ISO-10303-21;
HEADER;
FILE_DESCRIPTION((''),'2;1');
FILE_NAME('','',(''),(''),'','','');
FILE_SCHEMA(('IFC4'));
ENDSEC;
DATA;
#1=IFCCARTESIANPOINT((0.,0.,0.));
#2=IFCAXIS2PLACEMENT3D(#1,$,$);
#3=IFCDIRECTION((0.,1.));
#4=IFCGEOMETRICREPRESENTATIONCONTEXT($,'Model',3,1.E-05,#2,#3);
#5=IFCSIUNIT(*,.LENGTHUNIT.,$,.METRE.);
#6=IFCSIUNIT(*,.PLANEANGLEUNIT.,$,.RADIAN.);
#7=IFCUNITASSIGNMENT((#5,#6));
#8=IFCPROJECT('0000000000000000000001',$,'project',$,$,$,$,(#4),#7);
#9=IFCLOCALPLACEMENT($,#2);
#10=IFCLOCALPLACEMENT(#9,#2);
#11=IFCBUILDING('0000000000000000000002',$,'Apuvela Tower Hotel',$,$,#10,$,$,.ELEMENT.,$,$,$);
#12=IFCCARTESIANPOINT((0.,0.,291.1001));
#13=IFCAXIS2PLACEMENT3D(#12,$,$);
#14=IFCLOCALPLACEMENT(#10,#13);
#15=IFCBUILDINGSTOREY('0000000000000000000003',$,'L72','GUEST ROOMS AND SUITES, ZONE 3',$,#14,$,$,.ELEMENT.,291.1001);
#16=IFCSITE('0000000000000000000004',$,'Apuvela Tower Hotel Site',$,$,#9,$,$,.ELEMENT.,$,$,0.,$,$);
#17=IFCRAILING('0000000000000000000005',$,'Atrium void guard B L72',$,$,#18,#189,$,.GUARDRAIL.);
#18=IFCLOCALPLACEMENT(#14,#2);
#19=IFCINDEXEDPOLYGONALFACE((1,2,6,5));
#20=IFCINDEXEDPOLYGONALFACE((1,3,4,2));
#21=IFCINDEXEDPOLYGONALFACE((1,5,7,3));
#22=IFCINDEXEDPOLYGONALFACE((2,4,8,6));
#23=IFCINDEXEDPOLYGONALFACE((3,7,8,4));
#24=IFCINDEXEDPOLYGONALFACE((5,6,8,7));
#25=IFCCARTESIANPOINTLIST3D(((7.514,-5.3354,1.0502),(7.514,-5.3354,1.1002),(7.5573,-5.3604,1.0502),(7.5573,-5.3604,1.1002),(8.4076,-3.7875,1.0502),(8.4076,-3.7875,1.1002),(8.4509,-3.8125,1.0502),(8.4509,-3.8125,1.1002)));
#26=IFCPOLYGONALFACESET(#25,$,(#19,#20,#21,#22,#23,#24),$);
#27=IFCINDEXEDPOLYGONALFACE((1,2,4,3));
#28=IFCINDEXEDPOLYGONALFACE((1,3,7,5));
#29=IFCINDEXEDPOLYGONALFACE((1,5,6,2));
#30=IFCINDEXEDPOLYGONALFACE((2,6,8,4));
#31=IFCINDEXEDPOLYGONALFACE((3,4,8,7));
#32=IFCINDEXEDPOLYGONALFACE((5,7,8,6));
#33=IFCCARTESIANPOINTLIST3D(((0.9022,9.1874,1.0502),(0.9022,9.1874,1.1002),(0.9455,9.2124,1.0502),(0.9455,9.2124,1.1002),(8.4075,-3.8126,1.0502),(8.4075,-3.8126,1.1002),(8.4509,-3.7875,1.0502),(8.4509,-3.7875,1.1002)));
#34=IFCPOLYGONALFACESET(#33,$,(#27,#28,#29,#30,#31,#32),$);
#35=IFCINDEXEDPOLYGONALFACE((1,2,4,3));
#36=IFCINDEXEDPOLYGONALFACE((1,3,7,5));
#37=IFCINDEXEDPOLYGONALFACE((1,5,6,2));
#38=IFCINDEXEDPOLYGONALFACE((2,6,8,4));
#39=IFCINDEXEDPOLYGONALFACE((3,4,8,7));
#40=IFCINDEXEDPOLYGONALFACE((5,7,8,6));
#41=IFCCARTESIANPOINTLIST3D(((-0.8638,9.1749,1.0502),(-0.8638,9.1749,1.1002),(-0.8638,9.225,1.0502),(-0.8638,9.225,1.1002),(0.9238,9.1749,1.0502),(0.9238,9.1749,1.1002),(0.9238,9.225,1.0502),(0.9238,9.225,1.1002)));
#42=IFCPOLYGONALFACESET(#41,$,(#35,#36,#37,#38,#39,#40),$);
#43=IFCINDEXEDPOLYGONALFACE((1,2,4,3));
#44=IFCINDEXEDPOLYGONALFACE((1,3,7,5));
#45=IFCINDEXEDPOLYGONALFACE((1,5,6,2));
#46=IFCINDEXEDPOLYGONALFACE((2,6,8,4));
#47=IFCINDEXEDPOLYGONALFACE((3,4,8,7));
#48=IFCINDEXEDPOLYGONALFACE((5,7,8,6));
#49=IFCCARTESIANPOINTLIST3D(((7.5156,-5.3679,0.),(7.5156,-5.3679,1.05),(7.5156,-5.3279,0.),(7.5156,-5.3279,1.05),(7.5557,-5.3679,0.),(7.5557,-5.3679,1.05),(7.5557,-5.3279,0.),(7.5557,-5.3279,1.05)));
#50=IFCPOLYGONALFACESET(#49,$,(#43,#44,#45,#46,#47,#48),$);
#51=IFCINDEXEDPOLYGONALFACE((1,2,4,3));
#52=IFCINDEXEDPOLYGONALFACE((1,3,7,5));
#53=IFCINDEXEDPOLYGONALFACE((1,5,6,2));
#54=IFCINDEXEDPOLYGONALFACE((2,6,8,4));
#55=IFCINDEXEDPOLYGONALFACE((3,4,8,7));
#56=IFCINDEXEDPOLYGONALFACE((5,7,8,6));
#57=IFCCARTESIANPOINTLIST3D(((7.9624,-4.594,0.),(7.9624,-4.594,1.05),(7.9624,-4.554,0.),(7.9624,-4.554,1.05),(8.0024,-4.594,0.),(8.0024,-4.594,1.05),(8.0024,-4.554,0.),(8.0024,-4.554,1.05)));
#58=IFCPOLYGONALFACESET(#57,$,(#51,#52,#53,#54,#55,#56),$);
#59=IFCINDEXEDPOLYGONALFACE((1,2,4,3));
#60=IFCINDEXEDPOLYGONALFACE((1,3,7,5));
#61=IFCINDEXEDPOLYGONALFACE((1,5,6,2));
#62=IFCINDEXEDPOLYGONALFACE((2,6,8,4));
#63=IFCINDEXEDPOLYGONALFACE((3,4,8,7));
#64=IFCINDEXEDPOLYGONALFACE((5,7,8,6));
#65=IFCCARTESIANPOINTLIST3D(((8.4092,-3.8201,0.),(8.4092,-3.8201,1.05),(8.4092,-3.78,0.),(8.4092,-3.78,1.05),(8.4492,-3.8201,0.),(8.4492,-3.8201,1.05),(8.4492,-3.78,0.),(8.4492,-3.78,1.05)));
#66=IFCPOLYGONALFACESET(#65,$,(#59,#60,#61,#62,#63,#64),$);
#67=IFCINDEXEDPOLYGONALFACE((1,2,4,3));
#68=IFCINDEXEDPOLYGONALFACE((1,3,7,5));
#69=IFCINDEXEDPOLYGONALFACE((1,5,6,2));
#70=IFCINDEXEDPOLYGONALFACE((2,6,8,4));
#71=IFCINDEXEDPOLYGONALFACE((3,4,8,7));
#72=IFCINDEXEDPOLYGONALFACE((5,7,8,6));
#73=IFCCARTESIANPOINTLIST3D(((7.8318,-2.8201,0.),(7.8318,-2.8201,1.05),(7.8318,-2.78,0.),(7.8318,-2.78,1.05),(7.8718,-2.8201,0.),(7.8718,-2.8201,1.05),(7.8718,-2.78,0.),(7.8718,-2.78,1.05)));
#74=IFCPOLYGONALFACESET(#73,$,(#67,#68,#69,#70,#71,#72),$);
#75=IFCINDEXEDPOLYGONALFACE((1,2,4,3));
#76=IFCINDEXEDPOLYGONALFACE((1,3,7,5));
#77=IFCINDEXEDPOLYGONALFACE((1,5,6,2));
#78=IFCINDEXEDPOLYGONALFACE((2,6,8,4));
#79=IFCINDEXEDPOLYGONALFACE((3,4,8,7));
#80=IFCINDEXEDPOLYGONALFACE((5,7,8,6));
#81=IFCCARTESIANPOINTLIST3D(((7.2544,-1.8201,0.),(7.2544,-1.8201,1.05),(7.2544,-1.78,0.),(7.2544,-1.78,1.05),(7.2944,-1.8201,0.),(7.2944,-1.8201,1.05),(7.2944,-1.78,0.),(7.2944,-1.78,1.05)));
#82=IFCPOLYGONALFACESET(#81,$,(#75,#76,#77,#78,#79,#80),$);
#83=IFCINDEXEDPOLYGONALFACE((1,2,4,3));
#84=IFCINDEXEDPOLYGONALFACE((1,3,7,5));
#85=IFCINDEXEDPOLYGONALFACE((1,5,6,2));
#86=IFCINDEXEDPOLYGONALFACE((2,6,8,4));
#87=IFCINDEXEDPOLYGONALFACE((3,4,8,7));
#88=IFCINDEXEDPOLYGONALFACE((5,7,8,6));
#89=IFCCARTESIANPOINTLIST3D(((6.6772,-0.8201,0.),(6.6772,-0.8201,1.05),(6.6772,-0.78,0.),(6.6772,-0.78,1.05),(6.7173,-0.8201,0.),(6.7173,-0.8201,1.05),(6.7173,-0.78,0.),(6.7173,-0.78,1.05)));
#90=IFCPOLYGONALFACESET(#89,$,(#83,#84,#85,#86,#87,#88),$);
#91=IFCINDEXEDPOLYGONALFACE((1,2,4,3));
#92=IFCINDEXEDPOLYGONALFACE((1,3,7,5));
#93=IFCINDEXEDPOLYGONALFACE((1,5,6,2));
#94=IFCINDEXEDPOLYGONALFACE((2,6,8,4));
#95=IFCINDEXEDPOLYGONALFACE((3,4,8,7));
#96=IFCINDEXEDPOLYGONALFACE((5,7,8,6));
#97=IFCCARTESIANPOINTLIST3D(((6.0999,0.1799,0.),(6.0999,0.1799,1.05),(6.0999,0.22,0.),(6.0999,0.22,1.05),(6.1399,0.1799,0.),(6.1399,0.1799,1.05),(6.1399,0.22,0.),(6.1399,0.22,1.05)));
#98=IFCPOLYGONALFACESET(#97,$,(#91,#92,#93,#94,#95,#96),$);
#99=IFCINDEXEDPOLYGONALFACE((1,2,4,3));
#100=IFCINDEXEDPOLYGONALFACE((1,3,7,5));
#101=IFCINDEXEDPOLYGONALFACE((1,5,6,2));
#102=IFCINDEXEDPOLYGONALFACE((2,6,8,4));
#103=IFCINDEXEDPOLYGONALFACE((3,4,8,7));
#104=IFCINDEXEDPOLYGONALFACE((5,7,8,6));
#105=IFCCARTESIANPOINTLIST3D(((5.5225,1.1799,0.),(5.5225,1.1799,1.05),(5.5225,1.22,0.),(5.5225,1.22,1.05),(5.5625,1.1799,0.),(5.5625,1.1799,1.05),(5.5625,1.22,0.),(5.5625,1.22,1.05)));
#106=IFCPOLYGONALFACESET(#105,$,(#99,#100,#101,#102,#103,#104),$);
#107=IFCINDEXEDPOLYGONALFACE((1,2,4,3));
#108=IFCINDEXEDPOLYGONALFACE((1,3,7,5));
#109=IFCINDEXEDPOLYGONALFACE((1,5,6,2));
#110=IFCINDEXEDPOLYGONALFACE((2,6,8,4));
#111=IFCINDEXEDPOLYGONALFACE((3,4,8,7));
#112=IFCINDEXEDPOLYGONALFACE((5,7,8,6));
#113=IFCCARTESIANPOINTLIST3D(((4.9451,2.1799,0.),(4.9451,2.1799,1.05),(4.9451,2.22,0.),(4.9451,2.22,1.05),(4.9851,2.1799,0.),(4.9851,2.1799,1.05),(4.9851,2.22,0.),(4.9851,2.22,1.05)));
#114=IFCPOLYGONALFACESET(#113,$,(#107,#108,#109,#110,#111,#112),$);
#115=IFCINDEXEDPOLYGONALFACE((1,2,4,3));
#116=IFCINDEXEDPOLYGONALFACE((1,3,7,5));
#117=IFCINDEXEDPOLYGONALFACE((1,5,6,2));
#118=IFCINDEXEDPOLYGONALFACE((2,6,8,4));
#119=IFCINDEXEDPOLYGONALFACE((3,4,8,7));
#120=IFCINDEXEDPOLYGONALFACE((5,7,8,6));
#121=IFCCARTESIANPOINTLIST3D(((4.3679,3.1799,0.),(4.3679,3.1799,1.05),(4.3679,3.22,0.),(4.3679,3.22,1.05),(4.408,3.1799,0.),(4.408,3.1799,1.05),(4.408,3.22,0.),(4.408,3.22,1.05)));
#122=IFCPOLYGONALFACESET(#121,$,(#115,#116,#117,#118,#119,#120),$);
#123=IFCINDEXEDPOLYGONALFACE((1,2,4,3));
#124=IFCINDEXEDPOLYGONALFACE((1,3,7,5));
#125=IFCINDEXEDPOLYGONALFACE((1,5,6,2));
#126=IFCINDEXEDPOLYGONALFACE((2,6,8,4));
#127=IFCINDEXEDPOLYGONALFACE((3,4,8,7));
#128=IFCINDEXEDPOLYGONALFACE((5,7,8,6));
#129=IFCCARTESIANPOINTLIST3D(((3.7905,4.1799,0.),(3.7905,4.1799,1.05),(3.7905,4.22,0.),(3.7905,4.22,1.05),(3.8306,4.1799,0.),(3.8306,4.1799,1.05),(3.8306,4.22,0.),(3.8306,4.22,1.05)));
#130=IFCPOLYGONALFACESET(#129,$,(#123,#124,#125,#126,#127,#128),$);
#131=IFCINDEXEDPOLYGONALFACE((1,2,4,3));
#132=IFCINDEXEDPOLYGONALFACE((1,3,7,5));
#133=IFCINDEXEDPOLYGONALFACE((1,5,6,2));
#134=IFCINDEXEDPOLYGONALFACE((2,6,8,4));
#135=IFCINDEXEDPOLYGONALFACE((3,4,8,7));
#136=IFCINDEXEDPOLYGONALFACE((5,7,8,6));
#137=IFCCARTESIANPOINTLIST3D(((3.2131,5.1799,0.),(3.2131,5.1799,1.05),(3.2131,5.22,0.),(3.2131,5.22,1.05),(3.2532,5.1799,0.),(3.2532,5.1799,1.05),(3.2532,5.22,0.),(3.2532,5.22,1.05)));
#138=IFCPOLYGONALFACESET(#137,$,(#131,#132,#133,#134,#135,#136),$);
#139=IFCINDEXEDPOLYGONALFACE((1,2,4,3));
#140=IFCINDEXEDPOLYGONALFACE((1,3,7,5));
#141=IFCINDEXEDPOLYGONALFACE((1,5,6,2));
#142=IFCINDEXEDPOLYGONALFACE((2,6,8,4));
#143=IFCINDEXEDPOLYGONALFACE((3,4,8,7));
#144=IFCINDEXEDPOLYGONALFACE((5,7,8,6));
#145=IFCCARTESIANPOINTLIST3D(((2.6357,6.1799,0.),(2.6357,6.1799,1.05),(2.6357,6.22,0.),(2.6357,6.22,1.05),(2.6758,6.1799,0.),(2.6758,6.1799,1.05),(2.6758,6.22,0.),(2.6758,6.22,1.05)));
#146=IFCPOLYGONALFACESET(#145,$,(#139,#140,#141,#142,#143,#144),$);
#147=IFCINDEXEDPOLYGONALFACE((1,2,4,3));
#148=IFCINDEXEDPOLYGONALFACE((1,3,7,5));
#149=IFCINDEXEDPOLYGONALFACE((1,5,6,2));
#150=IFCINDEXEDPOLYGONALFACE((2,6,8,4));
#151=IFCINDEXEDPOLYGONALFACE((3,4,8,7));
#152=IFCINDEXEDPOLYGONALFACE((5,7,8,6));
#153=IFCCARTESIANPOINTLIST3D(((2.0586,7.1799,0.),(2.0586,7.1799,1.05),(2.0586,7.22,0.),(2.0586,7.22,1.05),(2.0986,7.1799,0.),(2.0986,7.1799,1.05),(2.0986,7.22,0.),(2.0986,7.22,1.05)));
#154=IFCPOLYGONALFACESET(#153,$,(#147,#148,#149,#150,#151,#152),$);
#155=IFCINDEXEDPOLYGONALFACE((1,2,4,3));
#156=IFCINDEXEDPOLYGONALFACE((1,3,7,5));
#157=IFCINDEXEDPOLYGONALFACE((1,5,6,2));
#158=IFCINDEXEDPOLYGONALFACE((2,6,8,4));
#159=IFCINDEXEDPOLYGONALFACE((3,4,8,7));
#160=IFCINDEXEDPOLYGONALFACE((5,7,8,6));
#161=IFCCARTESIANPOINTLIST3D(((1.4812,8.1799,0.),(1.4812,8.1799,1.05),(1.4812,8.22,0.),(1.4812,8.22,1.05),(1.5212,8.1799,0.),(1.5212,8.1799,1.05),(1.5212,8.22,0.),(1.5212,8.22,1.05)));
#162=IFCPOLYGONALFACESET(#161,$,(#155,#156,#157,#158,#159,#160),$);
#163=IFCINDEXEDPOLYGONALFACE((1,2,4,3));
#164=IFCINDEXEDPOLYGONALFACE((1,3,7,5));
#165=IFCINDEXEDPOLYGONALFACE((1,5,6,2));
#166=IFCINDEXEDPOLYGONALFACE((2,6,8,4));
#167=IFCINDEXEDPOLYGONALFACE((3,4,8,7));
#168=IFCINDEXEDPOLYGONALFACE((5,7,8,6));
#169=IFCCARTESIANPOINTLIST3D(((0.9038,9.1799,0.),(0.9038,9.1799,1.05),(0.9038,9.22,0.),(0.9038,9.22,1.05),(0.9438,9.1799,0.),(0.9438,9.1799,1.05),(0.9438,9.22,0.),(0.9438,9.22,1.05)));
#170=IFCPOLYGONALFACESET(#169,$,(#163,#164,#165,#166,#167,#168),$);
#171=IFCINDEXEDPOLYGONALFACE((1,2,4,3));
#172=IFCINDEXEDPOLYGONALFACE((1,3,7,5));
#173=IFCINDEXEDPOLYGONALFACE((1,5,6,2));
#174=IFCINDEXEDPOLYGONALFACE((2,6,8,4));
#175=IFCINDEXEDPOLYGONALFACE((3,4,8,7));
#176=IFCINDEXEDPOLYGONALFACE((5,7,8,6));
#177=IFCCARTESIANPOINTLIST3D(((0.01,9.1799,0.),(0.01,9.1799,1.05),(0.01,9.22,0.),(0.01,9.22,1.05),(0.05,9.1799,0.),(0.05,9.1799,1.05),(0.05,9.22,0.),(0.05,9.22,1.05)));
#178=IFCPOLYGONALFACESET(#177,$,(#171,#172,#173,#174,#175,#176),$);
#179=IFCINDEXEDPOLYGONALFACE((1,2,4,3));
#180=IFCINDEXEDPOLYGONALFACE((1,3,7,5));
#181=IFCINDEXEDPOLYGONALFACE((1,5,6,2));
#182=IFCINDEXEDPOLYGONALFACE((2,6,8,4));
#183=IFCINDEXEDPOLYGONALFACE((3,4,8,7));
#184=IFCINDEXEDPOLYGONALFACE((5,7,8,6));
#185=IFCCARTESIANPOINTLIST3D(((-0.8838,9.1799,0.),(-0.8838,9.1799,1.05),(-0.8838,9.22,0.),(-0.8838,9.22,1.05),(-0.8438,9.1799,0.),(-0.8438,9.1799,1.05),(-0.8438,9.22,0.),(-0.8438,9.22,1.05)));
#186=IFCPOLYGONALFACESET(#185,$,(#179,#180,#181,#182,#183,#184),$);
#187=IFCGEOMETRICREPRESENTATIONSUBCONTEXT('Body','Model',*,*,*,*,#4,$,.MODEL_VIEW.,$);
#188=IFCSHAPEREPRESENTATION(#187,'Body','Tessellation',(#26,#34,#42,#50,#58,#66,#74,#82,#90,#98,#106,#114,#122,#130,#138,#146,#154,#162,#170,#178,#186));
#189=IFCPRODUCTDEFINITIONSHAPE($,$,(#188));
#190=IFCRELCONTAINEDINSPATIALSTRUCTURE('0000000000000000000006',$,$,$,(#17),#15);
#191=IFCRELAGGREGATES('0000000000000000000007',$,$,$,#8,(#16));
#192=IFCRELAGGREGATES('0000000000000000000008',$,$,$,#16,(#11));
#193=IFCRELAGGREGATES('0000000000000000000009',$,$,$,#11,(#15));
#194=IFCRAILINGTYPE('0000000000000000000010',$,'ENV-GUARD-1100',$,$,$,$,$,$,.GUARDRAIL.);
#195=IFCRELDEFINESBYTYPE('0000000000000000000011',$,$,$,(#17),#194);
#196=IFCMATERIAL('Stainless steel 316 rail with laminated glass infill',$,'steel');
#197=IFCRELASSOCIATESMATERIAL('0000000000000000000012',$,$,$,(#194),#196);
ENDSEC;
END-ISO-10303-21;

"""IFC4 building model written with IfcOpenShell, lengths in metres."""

from ifc_helpers import new_model, si_unit, direction, frame, origin, origin_2d, place, context, subcontext, project, spatial, rectangle, extrude, material, type_object, element, save


model = new_model("IFC4")

# Units and contexts
model_context = context("Model", 3, precision=1e-05, world=origin(), true_north=direction((0.0, 1.0)))
body_context = subcontext(model_context, "Body", "Model", "MODEL_VIEW")
ifc_project = project(units=[si_unit("LENGTHUNIT", "METRE"), si_unit("PLANEANGLEUNIT", "RADIAN")], contexts=[model_context])

# Site, building, storey
site_placement = place(None, origin())
site = spatial("IfcSite", under=ifc_project, at=site_placement, Name="Apuvela Tower Hotel Site", CompositionType="ELEMENT", RefElevation=0.0)
building_placement = place(site_placement, origin())
building = spatial("IfcBuilding", under=site, at=building_placement, Name="Apuvela Tower Hotel", CompositionType="ELEMENT")
storey_placement = place(building_placement, frame((0.0, 0.0, 291.1001)))
storey = spatial("IfcBuildingStorey", under=building, at=storey_placement, Name="L72", Description="GUEST ROOMS AND SUITES, ZONE 3", CompositionType="ELEMENT", Elevation=291.1001)

# Railing
ifc_material_1 = material(Name="Stainless steel 316 rail with laminated glass infill", Category="steel")
railing_type_1 = type_object("IfcRailingType", Name="ENV-GUARD-1100", PredefinedType="GUARDRAIL", material=ifc_material_1)
railing_1_placement = place(storey_placement, frame((7.5356, -5.3479, 0.0)))
element("IfcRailing", 1, at=railing_1_placement, inside=storey, type_object=railing_type_1, Name="Atrium void guard B L72", PredefinedType="GUARDRAIL", context=body_context, shape_type="SweptSolid", body=[
    extrude(rectangle(XDim=0.05, YDim=0.05, at=origin_2d()), frame((0.0, 0.0, 1.0752), z_axis=(0.499959, 0.866049, 0.0), x_axis=(-0.866049, 0.499959, 0.0)), (0.0, 0.0, 1.0), 1.7874),
    extrude(rectangle(XDim=0.05, YDim=0.05, at=origin_2d()), frame((0.8936, 1.5479, 1.0752), z_axis=(-0.499991, 0.866031, 0.0), x_axis=(-0.866031, -0.499991, 0.0)), (0.0, 0.0, 1.0), 15.011),
    extrude(rectangle(XDim=0.05, YDim=0.05, at=origin_2d()), frame((-6.6118, 14.5479, 1.0752), z_axis=(-1.0, 0.0, 0.0), x_axis=(0.0, -1.0, 0.0)), (0.0, 0.0, 1.0), 1.7876),
    extrude(rectangle(XDim=0.04, YDim=0.04, at=origin_2d()), origin(), (0.0, 0.0, 1.0), 1.05),
    extrude(rectangle(XDim=0.04, YDim=0.04, at=origin_2d()), frame((0.4468, 0.7739, 0.0)), (0.0, 0.0, 1.0), 1.05),
    extrude(rectangle(XDim=0.04, YDim=0.04, at=origin_2d()), frame((0.8936, 1.5479, 0.0)), (0.0, 0.0, 1.0), 1.05),
    extrude(rectangle(XDim=0.04, YDim=0.04, at=origin_2d()), frame((0.3162, 2.5479, 0.0)), (0.0, 0.0, 1.0), 1.05),
    extrude(rectangle(XDim=0.04, YDim=0.04, at=origin_2d()), frame((-0.2612, 3.5479, 0.0)), (0.0, 0.0, 1.0), 1.05),
    extrude(rectangle(XDim=0.04, YDim=0.04, at=origin_2d()), frame((-0.8384, 4.5479, 0.0)), (0.0, 0.0, 1.0), 1.05),
    extrude(rectangle(XDim=0.04, YDim=0.04, at=origin_2d()), frame((-1.4158, 5.5479, 0.0)), (0.0, 0.0, 1.0), 1.05),
    extrude(rectangle(XDim=0.04, YDim=0.04, at=origin_2d()), frame((-1.9932, 6.5479, 0.0)), (0.0, 0.0, 1.0), 1.05),
    extrude(rectangle(XDim=0.04, YDim=0.04, at=origin_2d()), frame((-2.5706, 7.5479, 0.0)), (0.0, 0.0, 1.0), 1.05),
    extrude(rectangle(XDim=0.04, YDim=0.04, at=origin_2d()), frame((-3.1477, 8.5479, 0.0)), (0.0, 0.0, 1.0), 1.05),
    extrude(rectangle(XDim=0.04, YDim=0.04, at=origin_2d()), frame((-3.7251, 9.5479, 0.0)), (0.0, 0.0, 1.0), 1.05),
    extrude(rectangle(XDim=0.04, YDim=0.04, at=origin_2d()), frame((-4.3025, 10.5479, 0.0)), (0.0, 0.0, 1.0), 1.05),
    extrude(rectangle(XDim=0.04, YDim=0.04, at=origin_2d()), frame((-4.8799, 11.5479, 0.0)), (0.0, 0.0, 1.0), 1.05),
    extrude(rectangle(XDim=0.04, YDim=0.04, at=origin_2d()), frame((-5.457, 12.5479, 0.0)), (0.0, 0.0, 1.0), 1.05),
    extrude(rectangle(XDim=0.04, YDim=0.04, at=origin_2d()), frame((-6.0344, 13.5479, 0.0)), (0.0, 0.0, 1.0), 1.05),
    extrude(rectangle(XDim=0.04, YDim=0.04, at=origin_2d()), frame((-6.6118, 14.5479, 0.0)), (0.0, 0.0, 1.0), 1.05),
    extrude(rectangle(XDim=0.04, YDim=0.04, at=origin_2d()), frame((-7.5056, 14.5479, 0.0)), (0.0, 0.0, 1.0), 1.05),
    extrude(rectangle(XDim=0.04, YDim=0.04, at=origin_2d()), frame((-8.3994, 14.5479, 0.0)), (0.0, 0.0, 1.0), 1.05),
])

save(model, "model.ifc")
